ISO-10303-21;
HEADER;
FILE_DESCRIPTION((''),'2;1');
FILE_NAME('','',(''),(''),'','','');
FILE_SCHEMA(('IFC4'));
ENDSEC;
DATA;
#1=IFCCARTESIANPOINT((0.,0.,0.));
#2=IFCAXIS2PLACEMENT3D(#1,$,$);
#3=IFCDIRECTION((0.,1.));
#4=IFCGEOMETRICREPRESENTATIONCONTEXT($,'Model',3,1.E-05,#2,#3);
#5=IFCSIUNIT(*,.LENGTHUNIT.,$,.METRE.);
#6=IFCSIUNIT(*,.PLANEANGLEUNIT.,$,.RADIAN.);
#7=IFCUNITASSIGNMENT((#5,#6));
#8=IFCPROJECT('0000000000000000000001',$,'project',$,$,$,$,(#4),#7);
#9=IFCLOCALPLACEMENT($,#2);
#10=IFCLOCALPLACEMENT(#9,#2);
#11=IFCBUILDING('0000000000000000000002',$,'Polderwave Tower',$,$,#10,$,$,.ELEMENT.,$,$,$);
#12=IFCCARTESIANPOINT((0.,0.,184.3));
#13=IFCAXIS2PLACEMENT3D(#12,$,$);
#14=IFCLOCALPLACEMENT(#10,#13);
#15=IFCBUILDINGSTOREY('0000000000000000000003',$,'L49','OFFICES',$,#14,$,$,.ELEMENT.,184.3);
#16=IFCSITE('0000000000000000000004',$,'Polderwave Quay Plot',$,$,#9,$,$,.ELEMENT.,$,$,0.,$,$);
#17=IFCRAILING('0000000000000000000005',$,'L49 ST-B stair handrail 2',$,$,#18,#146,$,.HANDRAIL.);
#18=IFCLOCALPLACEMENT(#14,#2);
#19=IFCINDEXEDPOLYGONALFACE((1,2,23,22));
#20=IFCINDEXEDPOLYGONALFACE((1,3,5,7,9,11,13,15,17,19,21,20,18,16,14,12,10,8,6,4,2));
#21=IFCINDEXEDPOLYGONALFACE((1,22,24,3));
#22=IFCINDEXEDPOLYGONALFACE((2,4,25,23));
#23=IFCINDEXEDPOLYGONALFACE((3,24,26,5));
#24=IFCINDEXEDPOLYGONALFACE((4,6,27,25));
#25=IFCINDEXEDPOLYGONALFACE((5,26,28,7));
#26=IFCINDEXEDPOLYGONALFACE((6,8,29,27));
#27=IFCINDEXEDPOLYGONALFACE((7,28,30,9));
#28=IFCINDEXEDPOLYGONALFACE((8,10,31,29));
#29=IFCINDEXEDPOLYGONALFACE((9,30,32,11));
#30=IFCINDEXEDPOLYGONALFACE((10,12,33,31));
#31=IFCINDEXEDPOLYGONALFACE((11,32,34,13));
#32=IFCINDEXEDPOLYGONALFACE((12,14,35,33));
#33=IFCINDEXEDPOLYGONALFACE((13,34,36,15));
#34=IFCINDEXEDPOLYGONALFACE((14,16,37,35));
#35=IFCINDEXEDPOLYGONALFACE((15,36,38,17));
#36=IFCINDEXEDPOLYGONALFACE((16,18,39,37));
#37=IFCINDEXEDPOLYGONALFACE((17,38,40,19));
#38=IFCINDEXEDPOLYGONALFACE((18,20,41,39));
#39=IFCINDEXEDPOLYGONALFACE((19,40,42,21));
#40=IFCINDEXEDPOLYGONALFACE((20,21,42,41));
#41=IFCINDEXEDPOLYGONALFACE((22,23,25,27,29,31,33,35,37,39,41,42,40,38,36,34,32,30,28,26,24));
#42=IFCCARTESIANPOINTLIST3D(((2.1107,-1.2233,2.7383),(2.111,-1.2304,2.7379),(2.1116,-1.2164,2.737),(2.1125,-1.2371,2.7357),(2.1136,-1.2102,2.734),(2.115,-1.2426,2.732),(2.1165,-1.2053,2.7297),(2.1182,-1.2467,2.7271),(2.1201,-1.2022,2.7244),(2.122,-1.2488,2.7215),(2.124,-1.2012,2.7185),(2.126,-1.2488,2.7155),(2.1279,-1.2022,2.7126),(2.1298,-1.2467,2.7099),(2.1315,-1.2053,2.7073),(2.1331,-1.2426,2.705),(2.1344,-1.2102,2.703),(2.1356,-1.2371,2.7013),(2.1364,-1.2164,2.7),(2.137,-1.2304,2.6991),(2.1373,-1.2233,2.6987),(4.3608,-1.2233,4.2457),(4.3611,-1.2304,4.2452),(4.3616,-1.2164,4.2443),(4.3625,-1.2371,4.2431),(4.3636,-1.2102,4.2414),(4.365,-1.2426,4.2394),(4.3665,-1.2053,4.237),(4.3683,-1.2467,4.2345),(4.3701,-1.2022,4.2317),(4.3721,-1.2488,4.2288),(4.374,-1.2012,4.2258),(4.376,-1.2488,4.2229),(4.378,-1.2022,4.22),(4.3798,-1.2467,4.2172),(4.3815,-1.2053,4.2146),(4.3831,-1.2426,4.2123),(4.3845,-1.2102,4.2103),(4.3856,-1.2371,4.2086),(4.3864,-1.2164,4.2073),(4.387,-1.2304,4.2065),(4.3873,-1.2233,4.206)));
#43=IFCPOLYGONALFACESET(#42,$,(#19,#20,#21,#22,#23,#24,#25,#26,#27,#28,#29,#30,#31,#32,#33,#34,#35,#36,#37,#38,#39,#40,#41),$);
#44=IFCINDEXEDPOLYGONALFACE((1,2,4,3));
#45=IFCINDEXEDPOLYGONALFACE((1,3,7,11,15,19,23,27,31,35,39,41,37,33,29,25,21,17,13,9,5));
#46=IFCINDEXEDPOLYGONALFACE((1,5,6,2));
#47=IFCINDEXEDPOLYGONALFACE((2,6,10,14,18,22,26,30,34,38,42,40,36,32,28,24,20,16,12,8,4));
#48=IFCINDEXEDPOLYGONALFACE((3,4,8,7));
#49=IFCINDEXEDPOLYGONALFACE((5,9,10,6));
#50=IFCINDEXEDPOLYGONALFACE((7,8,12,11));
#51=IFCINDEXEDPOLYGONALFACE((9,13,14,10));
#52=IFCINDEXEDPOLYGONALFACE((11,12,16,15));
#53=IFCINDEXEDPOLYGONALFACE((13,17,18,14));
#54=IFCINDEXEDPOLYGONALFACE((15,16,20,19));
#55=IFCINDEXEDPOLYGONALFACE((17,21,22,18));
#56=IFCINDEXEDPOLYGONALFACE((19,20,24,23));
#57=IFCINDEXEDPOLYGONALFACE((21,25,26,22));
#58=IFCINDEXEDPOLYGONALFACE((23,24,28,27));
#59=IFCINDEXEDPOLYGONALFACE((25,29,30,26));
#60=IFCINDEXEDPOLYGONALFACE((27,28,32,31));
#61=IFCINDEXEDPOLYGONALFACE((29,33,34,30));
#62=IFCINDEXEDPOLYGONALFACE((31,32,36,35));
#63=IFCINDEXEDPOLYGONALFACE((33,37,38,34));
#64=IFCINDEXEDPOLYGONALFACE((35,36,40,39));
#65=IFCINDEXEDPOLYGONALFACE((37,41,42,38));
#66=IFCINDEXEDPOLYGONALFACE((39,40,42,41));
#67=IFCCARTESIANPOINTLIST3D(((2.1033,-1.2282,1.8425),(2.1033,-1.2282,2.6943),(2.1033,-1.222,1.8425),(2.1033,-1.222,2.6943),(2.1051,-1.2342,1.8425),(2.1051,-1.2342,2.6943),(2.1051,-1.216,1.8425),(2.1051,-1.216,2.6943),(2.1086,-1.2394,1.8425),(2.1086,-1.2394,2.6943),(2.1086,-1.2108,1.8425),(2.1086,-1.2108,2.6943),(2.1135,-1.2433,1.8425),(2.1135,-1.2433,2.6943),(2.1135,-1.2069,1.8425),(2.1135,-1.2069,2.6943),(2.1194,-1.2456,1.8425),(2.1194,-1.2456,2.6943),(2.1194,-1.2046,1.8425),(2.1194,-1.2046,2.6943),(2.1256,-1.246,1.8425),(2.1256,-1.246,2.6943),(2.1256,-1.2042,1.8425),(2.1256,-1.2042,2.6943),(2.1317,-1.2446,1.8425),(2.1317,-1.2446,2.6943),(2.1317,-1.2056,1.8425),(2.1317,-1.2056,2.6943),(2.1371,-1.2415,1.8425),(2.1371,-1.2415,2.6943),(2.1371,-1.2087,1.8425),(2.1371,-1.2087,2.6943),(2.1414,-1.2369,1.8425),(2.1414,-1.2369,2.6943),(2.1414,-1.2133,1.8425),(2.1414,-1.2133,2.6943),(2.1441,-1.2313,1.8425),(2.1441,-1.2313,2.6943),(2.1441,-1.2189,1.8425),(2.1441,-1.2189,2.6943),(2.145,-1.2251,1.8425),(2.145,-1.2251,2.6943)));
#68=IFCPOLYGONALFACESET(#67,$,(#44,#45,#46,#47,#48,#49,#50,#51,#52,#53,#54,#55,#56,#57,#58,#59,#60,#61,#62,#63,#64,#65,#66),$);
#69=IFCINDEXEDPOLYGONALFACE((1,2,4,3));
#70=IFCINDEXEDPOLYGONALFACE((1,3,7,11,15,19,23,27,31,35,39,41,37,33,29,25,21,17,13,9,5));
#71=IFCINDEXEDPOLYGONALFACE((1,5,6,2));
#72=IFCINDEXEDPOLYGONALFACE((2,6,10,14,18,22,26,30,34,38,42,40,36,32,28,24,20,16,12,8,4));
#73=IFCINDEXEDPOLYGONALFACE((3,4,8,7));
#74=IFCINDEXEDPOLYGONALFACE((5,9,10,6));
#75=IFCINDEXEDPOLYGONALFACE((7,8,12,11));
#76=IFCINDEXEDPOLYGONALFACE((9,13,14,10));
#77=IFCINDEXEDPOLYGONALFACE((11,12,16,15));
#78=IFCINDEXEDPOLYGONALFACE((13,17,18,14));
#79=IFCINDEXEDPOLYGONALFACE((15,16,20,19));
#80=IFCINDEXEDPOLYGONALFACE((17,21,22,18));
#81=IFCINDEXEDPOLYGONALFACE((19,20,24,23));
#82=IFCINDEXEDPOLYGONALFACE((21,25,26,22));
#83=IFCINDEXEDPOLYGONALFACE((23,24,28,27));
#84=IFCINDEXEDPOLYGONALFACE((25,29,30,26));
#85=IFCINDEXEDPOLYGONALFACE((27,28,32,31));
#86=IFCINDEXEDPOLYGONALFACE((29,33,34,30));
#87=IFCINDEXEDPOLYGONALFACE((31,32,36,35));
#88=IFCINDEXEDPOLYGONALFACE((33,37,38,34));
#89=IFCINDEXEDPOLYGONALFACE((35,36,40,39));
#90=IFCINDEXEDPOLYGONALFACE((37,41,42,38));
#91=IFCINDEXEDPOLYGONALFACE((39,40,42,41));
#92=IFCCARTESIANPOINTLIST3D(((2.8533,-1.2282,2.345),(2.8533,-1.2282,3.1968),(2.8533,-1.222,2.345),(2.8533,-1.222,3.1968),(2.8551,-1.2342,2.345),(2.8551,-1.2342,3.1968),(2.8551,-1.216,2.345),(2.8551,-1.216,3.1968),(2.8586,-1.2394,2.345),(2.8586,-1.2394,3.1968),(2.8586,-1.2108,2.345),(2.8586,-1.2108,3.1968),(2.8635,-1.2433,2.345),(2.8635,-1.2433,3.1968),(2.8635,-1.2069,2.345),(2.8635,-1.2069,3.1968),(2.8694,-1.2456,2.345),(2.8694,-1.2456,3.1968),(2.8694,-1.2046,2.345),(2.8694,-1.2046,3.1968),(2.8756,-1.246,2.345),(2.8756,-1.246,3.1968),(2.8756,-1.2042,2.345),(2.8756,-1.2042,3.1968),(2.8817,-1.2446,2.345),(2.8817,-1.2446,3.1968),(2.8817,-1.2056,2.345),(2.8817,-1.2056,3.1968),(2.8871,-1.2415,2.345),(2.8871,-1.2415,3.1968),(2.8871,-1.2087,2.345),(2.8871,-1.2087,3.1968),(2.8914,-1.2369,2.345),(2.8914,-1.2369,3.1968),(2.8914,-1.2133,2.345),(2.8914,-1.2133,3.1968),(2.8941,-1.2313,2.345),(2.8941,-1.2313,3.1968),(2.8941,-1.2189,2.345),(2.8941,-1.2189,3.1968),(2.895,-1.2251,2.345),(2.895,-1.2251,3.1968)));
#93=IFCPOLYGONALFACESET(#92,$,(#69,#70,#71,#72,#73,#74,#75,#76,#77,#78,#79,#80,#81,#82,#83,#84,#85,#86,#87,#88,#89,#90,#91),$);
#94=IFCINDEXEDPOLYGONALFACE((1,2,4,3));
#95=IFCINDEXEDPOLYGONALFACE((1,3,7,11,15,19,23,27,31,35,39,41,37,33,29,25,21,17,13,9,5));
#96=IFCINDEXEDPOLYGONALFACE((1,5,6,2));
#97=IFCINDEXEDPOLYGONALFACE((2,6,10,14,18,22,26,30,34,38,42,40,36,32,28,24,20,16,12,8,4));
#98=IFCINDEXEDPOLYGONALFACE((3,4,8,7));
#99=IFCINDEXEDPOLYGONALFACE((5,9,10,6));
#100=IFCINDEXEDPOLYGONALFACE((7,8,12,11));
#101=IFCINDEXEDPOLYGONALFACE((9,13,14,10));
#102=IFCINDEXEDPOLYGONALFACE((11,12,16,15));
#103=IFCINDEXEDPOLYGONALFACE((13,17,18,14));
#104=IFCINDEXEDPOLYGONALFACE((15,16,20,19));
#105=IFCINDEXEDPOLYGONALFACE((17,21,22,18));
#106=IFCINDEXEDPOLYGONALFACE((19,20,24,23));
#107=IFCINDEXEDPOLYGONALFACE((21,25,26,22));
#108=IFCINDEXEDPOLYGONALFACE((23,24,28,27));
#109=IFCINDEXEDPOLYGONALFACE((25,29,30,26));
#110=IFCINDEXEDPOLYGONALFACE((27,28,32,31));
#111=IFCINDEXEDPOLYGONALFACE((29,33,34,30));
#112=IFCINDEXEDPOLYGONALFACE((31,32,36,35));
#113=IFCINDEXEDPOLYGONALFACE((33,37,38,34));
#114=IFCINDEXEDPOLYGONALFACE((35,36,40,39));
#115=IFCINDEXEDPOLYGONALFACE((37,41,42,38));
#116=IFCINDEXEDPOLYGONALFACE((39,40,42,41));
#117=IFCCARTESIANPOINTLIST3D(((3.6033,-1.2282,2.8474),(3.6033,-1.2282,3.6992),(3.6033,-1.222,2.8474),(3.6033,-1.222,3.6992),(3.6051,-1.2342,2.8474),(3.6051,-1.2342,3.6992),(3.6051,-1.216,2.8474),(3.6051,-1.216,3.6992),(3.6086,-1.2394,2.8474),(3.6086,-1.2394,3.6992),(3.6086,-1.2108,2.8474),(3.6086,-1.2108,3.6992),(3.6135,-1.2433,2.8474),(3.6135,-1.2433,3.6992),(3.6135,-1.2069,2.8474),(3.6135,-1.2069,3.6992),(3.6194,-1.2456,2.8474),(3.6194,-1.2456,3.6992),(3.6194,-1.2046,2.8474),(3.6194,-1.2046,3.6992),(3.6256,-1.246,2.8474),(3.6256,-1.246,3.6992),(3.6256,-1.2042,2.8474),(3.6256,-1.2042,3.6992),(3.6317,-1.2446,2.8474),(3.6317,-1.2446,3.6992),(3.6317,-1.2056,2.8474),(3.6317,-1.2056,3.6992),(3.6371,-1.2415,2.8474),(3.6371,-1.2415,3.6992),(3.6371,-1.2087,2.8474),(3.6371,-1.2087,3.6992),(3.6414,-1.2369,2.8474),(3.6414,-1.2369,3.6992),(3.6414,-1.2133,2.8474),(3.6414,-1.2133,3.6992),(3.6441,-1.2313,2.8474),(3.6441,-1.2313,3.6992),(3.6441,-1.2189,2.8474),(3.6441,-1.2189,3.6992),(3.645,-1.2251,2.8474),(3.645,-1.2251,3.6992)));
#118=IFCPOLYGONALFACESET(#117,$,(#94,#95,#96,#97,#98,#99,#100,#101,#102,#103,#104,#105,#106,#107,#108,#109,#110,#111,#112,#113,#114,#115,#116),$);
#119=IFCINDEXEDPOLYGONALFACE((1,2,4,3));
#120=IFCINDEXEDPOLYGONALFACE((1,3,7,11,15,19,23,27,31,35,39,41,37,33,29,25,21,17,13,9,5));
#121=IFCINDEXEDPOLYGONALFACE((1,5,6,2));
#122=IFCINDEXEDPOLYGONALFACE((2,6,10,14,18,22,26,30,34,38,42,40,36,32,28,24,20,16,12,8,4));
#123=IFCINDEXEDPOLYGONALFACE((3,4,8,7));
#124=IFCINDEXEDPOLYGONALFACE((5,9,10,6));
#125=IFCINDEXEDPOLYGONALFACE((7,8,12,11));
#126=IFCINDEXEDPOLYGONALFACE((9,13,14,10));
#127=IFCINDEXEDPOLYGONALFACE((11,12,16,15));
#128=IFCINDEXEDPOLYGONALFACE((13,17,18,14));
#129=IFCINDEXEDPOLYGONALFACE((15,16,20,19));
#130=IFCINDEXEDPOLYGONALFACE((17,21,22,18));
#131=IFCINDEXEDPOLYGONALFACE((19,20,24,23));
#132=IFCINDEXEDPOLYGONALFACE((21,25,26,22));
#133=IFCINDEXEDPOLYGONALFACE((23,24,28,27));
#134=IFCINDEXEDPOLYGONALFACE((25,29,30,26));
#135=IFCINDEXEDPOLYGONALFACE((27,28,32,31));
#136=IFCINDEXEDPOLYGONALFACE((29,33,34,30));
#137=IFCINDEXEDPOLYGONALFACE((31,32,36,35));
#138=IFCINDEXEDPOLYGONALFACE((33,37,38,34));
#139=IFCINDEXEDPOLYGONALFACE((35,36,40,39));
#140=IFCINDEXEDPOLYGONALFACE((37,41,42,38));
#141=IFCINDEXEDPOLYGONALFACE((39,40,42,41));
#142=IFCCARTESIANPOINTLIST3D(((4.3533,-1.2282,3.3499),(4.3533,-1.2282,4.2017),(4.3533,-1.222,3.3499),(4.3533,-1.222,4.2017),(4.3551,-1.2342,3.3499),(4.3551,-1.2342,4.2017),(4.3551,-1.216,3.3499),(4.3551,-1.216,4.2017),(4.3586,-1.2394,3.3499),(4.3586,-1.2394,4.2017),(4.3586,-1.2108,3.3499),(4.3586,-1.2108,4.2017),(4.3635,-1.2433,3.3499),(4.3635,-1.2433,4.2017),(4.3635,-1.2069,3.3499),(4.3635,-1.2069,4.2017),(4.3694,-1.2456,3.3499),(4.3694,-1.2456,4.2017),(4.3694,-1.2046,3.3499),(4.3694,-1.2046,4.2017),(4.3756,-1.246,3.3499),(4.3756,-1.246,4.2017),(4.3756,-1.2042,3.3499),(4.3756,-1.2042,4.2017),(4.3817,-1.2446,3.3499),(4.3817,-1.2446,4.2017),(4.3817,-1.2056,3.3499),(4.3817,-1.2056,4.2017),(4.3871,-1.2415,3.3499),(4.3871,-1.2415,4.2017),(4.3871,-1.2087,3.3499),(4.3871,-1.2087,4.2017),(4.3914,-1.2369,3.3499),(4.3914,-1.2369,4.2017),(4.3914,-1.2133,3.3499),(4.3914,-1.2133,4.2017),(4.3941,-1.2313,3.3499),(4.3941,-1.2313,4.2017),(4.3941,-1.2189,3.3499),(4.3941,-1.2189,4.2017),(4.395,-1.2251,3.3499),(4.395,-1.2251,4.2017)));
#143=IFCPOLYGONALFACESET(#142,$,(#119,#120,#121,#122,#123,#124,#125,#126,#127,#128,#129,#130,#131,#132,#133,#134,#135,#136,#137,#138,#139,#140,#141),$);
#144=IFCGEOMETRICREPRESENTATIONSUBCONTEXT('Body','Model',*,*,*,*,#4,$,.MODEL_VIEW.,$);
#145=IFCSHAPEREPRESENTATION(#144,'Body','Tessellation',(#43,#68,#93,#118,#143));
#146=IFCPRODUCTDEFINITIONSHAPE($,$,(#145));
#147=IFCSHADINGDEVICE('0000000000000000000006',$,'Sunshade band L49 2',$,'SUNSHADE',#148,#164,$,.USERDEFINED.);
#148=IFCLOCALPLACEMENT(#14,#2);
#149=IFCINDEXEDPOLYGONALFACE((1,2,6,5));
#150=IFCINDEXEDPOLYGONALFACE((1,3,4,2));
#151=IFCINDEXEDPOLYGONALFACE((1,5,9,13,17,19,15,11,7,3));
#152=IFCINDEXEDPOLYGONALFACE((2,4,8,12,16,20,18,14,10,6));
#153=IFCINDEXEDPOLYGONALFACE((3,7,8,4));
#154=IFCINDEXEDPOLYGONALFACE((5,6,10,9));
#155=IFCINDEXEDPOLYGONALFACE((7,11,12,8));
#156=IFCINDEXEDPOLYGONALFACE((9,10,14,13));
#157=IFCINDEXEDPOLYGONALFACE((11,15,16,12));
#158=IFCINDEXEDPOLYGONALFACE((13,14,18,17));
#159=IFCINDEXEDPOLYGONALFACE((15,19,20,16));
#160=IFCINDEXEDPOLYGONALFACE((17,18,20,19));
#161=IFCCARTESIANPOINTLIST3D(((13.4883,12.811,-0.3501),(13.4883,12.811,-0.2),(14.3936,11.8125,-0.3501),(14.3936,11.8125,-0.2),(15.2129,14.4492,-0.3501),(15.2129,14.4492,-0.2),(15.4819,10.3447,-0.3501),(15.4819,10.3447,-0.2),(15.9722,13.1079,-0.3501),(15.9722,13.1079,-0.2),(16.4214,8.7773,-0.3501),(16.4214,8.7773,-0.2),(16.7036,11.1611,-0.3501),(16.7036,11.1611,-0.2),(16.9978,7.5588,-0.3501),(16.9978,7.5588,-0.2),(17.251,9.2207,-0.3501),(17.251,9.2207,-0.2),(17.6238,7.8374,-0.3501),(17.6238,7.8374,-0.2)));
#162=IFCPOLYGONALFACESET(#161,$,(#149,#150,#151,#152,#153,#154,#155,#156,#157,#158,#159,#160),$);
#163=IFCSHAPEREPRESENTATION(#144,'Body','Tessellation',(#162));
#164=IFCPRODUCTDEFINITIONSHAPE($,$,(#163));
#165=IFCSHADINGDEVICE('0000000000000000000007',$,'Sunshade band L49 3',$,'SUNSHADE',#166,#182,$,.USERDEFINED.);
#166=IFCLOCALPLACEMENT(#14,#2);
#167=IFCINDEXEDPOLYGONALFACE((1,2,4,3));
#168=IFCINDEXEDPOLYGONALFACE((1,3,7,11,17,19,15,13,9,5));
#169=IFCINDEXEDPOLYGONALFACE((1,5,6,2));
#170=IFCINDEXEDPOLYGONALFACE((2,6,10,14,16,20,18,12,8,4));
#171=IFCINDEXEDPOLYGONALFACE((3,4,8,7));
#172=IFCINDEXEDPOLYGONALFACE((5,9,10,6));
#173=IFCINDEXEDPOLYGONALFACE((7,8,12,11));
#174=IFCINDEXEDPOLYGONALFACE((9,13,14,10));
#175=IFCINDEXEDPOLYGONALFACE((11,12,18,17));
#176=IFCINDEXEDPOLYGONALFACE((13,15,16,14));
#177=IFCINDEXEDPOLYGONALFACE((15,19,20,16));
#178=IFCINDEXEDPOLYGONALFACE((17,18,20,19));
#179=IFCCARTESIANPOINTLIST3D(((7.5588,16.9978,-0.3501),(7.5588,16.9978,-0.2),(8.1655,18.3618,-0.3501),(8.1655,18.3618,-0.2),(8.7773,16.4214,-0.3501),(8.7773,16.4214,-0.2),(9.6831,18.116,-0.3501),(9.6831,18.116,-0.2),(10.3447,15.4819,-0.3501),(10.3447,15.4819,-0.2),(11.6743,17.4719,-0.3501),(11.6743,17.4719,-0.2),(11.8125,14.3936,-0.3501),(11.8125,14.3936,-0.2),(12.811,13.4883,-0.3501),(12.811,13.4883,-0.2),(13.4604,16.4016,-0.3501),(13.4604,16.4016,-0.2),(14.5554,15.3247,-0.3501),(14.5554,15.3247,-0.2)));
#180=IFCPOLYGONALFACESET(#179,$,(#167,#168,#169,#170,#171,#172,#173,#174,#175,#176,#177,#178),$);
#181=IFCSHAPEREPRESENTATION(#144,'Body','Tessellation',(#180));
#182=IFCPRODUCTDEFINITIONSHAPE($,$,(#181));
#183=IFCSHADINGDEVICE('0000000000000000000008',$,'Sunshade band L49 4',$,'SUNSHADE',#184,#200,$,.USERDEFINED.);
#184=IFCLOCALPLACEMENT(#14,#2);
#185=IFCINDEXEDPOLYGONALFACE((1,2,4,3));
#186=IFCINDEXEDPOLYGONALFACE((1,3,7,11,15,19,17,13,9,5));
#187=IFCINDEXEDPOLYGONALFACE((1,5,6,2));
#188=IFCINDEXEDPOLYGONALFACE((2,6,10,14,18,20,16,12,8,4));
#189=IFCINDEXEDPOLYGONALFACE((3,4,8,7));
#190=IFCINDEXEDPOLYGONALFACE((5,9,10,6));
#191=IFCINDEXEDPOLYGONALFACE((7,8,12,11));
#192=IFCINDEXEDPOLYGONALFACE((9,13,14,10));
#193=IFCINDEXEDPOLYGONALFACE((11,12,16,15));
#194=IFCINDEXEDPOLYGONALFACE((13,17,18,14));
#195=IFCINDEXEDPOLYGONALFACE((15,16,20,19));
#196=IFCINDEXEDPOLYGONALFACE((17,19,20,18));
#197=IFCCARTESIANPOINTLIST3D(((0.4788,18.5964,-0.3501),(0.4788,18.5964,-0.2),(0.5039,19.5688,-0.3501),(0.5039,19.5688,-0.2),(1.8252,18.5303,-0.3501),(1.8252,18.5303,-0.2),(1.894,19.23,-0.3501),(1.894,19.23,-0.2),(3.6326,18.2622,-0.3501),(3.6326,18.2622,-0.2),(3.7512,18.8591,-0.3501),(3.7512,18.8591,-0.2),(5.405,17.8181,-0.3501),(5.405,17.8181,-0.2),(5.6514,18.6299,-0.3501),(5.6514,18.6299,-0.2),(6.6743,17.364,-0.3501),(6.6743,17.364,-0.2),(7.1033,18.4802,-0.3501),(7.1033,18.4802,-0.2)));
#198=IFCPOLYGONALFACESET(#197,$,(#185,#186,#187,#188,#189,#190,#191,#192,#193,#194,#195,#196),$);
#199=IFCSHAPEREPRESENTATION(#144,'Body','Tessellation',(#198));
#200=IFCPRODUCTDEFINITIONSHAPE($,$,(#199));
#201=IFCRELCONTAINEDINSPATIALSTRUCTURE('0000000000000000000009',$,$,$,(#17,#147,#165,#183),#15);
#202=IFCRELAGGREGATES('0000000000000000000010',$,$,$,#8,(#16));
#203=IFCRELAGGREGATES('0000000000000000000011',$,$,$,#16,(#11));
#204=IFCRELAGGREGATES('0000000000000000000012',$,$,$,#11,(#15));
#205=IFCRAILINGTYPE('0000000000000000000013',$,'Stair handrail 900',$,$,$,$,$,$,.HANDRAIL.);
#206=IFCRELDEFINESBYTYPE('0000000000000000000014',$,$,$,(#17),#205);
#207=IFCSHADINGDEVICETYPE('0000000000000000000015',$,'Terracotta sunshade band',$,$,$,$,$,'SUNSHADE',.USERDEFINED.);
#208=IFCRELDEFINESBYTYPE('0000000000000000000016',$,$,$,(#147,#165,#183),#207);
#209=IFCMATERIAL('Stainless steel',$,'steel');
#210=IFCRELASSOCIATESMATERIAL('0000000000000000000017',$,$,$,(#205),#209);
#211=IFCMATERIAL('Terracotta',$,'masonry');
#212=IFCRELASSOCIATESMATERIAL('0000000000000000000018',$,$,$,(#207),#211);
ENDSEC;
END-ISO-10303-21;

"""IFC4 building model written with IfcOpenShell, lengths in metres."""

from ifc_helpers import new_model, si_unit, direction, frame, origin, origin_2d, place, context, subcontext, project, spatial, polyline, circle, outline, extrude, material, type_object, element, save


model = new_model("IFC4")

# Units and contexts
model_context = context("Model", 3, precision=1e-05, world=origin(), true_north=direction((0.0, 1.0)))
body_context = subcontext(model_context, "Body", "Model", "MODEL_VIEW")
ifc_project = project(units=[si_unit("LENGTHUNIT", "METRE"), si_unit("PLANEANGLEUNIT", "RADIAN")], contexts=[model_context])

# Site, building, storey
site_placement = place(None, origin())
site = spatial("IfcSite", under=ifc_project, at=site_placement, Name="Polderwave Quay Plot", CompositionType="ELEMENT", RefElevation=0.0)
building_placement = place(site_placement, origin())
building = spatial("IfcBuilding", under=site, at=building_placement, Name="Polderwave Tower", CompositionType="ELEMENT")
storey_placement = place(building_placement, frame((0.0, 0.0, 184.3)))
storey = spatial("IfcBuildingStorey", under=building, at=storey_placement, Name="L49", Description="OFFICES", CompositionType="ELEMENT", Elevation=184.3)

# Railing
ifc_material_1 = material(Name="Stainless steel", Category="steel")
railing_type_1 = type_object("IfcRailingType", Name="Stair handrail 900", PredefinedType="HANDRAIL", material=ifc_material_1)
railing_1_placement = place(storey_placement, frame((2.124, -1.2251, 1.8425)))
element("IfcRailing", 1, at=railing_1_placement, inside=storey, type_object=railing_type_1, Name="L49 ST-B stair handrail 2", PredefinedType="HANDRAIL", context=body_context, shape_type="SweptSolid", body=[
    extrude(circle(Radius=0.0239, at=origin_2d()), frame((0.0, 0.0, 0.876), z_axis=(0.8308, 0.0, 0.556571), x_axis=(0.0, 1.0, 0.0)), (0.0, 0.0, 1.0), 2.7083),
    extrude(circle(Radius=0.021, at=origin_2d()), origin(), (0.0, 0.0, 1.0), 0.8518),
    extrude(circle(Radius=0.021, at=origin_2d()), frame((0.75, 0.0, 0.5024)), (0.0, 0.0, 1.0), 0.8518),
    extrude(circle(Radius=0.021, at=origin_2d()), frame((1.5, 0.0, 1.0049)), (0.0, 0.0, 1.0), 0.8518),
    extrude(circle(Radius=0.021, at=origin_2d()), frame((2.25, 0.0, 1.5073)), (0.0, 0.0, 1.0), 0.8518),
])

# Shading devices
ifc_material_2 = material(Name="Terracotta", Category="masonry")
shading_device_type = type_object("IfcShadingDeviceType", Name="Terracotta sunshade band", ElementType="SUNSHADE", PredefinedType="USERDEFINED", material=ifc_material_2)
shading_device_1_placement = place(storey_placement, frame((0.0, 0.0, -0.3501)))
element("IfcShadingDevice", 2, at=shading_device_1_placement, inside=storey, type_object=shading_device_type, Name="Sunshade band L49 2", ObjectType="SUNSHADE", PredefinedType="USERDEFINED", context=body_context, shape_type="SweptSolid", body=[
    extrude(outline(polyline([(16.9978, 7.5588), (16.4214, 8.7773), (15.4819, 10.3447), (14.3936, 11.8125), (13.4883, 12.811), (15.2129, 14.4492), (15.9722, 13.1079), (16.7036, 11.1611), (17.251, 9.2207), (17.6238, 7.8374), (16.9978, 7.5588)])), origin(), (0.0, 0.0, 1.0), 0.1501),
])
shading_device_2_placement = place(storey_placement, frame((0.0, 0.0, -0.3501)))
element("IfcShadingDevice", 3, at=shading_device_2_placement, inside=storey, type_object=shading_device_type, Name="Sunshade band L49 3", ObjectType="SUNSHADE", PredefinedType="USERDEFINED", context=body_context, shape_type="SweptSolid", body=[
    extrude(outline(polyline([(12.811, 13.4883), (11.8125, 14.3936), (10.3447, 15.4819), (8.7773, 16.4214), (7.5588, 16.9978), (8.1655, 18.3618), (9.6831, 18.116), (11.6743, 17.4719), (13.4604, 16.4016), (14.5554, 15.3247), (12.811, 13.4883)])), origin(), (0.0, 0.0, 1.0), 0.1501),
])
shading_device_3_placement = place(storey_placement, frame((0.0, 0.0, -0.3501)))
element("IfcShadingDevice", 4, at=shading_device_3_placement, inside=storey, type_object=shading_device_type, Name="Sunshade band L49 4", ObjectType="SUNSHADE", PredefinedType="USERDEFINED", context=body_context, shape_type="SweptSolid", body=[
    extrude(outline(polyline([(6.6743, 17.364), (5.405, 17.8181), (3.6326, 18.2622), (1.8252, 18.5303), (0.4788, 18.5964), (0.5039, 19.5688), (1.894, 19.23), (3.7512, 18.8591), (5.6514, 18.6299), (7.1033, 18.4802), (6.6743, 17.364)])), origin(), (0.0, 0.0, 1.0), 0.1501),
])

save(model, "model.ifc")
